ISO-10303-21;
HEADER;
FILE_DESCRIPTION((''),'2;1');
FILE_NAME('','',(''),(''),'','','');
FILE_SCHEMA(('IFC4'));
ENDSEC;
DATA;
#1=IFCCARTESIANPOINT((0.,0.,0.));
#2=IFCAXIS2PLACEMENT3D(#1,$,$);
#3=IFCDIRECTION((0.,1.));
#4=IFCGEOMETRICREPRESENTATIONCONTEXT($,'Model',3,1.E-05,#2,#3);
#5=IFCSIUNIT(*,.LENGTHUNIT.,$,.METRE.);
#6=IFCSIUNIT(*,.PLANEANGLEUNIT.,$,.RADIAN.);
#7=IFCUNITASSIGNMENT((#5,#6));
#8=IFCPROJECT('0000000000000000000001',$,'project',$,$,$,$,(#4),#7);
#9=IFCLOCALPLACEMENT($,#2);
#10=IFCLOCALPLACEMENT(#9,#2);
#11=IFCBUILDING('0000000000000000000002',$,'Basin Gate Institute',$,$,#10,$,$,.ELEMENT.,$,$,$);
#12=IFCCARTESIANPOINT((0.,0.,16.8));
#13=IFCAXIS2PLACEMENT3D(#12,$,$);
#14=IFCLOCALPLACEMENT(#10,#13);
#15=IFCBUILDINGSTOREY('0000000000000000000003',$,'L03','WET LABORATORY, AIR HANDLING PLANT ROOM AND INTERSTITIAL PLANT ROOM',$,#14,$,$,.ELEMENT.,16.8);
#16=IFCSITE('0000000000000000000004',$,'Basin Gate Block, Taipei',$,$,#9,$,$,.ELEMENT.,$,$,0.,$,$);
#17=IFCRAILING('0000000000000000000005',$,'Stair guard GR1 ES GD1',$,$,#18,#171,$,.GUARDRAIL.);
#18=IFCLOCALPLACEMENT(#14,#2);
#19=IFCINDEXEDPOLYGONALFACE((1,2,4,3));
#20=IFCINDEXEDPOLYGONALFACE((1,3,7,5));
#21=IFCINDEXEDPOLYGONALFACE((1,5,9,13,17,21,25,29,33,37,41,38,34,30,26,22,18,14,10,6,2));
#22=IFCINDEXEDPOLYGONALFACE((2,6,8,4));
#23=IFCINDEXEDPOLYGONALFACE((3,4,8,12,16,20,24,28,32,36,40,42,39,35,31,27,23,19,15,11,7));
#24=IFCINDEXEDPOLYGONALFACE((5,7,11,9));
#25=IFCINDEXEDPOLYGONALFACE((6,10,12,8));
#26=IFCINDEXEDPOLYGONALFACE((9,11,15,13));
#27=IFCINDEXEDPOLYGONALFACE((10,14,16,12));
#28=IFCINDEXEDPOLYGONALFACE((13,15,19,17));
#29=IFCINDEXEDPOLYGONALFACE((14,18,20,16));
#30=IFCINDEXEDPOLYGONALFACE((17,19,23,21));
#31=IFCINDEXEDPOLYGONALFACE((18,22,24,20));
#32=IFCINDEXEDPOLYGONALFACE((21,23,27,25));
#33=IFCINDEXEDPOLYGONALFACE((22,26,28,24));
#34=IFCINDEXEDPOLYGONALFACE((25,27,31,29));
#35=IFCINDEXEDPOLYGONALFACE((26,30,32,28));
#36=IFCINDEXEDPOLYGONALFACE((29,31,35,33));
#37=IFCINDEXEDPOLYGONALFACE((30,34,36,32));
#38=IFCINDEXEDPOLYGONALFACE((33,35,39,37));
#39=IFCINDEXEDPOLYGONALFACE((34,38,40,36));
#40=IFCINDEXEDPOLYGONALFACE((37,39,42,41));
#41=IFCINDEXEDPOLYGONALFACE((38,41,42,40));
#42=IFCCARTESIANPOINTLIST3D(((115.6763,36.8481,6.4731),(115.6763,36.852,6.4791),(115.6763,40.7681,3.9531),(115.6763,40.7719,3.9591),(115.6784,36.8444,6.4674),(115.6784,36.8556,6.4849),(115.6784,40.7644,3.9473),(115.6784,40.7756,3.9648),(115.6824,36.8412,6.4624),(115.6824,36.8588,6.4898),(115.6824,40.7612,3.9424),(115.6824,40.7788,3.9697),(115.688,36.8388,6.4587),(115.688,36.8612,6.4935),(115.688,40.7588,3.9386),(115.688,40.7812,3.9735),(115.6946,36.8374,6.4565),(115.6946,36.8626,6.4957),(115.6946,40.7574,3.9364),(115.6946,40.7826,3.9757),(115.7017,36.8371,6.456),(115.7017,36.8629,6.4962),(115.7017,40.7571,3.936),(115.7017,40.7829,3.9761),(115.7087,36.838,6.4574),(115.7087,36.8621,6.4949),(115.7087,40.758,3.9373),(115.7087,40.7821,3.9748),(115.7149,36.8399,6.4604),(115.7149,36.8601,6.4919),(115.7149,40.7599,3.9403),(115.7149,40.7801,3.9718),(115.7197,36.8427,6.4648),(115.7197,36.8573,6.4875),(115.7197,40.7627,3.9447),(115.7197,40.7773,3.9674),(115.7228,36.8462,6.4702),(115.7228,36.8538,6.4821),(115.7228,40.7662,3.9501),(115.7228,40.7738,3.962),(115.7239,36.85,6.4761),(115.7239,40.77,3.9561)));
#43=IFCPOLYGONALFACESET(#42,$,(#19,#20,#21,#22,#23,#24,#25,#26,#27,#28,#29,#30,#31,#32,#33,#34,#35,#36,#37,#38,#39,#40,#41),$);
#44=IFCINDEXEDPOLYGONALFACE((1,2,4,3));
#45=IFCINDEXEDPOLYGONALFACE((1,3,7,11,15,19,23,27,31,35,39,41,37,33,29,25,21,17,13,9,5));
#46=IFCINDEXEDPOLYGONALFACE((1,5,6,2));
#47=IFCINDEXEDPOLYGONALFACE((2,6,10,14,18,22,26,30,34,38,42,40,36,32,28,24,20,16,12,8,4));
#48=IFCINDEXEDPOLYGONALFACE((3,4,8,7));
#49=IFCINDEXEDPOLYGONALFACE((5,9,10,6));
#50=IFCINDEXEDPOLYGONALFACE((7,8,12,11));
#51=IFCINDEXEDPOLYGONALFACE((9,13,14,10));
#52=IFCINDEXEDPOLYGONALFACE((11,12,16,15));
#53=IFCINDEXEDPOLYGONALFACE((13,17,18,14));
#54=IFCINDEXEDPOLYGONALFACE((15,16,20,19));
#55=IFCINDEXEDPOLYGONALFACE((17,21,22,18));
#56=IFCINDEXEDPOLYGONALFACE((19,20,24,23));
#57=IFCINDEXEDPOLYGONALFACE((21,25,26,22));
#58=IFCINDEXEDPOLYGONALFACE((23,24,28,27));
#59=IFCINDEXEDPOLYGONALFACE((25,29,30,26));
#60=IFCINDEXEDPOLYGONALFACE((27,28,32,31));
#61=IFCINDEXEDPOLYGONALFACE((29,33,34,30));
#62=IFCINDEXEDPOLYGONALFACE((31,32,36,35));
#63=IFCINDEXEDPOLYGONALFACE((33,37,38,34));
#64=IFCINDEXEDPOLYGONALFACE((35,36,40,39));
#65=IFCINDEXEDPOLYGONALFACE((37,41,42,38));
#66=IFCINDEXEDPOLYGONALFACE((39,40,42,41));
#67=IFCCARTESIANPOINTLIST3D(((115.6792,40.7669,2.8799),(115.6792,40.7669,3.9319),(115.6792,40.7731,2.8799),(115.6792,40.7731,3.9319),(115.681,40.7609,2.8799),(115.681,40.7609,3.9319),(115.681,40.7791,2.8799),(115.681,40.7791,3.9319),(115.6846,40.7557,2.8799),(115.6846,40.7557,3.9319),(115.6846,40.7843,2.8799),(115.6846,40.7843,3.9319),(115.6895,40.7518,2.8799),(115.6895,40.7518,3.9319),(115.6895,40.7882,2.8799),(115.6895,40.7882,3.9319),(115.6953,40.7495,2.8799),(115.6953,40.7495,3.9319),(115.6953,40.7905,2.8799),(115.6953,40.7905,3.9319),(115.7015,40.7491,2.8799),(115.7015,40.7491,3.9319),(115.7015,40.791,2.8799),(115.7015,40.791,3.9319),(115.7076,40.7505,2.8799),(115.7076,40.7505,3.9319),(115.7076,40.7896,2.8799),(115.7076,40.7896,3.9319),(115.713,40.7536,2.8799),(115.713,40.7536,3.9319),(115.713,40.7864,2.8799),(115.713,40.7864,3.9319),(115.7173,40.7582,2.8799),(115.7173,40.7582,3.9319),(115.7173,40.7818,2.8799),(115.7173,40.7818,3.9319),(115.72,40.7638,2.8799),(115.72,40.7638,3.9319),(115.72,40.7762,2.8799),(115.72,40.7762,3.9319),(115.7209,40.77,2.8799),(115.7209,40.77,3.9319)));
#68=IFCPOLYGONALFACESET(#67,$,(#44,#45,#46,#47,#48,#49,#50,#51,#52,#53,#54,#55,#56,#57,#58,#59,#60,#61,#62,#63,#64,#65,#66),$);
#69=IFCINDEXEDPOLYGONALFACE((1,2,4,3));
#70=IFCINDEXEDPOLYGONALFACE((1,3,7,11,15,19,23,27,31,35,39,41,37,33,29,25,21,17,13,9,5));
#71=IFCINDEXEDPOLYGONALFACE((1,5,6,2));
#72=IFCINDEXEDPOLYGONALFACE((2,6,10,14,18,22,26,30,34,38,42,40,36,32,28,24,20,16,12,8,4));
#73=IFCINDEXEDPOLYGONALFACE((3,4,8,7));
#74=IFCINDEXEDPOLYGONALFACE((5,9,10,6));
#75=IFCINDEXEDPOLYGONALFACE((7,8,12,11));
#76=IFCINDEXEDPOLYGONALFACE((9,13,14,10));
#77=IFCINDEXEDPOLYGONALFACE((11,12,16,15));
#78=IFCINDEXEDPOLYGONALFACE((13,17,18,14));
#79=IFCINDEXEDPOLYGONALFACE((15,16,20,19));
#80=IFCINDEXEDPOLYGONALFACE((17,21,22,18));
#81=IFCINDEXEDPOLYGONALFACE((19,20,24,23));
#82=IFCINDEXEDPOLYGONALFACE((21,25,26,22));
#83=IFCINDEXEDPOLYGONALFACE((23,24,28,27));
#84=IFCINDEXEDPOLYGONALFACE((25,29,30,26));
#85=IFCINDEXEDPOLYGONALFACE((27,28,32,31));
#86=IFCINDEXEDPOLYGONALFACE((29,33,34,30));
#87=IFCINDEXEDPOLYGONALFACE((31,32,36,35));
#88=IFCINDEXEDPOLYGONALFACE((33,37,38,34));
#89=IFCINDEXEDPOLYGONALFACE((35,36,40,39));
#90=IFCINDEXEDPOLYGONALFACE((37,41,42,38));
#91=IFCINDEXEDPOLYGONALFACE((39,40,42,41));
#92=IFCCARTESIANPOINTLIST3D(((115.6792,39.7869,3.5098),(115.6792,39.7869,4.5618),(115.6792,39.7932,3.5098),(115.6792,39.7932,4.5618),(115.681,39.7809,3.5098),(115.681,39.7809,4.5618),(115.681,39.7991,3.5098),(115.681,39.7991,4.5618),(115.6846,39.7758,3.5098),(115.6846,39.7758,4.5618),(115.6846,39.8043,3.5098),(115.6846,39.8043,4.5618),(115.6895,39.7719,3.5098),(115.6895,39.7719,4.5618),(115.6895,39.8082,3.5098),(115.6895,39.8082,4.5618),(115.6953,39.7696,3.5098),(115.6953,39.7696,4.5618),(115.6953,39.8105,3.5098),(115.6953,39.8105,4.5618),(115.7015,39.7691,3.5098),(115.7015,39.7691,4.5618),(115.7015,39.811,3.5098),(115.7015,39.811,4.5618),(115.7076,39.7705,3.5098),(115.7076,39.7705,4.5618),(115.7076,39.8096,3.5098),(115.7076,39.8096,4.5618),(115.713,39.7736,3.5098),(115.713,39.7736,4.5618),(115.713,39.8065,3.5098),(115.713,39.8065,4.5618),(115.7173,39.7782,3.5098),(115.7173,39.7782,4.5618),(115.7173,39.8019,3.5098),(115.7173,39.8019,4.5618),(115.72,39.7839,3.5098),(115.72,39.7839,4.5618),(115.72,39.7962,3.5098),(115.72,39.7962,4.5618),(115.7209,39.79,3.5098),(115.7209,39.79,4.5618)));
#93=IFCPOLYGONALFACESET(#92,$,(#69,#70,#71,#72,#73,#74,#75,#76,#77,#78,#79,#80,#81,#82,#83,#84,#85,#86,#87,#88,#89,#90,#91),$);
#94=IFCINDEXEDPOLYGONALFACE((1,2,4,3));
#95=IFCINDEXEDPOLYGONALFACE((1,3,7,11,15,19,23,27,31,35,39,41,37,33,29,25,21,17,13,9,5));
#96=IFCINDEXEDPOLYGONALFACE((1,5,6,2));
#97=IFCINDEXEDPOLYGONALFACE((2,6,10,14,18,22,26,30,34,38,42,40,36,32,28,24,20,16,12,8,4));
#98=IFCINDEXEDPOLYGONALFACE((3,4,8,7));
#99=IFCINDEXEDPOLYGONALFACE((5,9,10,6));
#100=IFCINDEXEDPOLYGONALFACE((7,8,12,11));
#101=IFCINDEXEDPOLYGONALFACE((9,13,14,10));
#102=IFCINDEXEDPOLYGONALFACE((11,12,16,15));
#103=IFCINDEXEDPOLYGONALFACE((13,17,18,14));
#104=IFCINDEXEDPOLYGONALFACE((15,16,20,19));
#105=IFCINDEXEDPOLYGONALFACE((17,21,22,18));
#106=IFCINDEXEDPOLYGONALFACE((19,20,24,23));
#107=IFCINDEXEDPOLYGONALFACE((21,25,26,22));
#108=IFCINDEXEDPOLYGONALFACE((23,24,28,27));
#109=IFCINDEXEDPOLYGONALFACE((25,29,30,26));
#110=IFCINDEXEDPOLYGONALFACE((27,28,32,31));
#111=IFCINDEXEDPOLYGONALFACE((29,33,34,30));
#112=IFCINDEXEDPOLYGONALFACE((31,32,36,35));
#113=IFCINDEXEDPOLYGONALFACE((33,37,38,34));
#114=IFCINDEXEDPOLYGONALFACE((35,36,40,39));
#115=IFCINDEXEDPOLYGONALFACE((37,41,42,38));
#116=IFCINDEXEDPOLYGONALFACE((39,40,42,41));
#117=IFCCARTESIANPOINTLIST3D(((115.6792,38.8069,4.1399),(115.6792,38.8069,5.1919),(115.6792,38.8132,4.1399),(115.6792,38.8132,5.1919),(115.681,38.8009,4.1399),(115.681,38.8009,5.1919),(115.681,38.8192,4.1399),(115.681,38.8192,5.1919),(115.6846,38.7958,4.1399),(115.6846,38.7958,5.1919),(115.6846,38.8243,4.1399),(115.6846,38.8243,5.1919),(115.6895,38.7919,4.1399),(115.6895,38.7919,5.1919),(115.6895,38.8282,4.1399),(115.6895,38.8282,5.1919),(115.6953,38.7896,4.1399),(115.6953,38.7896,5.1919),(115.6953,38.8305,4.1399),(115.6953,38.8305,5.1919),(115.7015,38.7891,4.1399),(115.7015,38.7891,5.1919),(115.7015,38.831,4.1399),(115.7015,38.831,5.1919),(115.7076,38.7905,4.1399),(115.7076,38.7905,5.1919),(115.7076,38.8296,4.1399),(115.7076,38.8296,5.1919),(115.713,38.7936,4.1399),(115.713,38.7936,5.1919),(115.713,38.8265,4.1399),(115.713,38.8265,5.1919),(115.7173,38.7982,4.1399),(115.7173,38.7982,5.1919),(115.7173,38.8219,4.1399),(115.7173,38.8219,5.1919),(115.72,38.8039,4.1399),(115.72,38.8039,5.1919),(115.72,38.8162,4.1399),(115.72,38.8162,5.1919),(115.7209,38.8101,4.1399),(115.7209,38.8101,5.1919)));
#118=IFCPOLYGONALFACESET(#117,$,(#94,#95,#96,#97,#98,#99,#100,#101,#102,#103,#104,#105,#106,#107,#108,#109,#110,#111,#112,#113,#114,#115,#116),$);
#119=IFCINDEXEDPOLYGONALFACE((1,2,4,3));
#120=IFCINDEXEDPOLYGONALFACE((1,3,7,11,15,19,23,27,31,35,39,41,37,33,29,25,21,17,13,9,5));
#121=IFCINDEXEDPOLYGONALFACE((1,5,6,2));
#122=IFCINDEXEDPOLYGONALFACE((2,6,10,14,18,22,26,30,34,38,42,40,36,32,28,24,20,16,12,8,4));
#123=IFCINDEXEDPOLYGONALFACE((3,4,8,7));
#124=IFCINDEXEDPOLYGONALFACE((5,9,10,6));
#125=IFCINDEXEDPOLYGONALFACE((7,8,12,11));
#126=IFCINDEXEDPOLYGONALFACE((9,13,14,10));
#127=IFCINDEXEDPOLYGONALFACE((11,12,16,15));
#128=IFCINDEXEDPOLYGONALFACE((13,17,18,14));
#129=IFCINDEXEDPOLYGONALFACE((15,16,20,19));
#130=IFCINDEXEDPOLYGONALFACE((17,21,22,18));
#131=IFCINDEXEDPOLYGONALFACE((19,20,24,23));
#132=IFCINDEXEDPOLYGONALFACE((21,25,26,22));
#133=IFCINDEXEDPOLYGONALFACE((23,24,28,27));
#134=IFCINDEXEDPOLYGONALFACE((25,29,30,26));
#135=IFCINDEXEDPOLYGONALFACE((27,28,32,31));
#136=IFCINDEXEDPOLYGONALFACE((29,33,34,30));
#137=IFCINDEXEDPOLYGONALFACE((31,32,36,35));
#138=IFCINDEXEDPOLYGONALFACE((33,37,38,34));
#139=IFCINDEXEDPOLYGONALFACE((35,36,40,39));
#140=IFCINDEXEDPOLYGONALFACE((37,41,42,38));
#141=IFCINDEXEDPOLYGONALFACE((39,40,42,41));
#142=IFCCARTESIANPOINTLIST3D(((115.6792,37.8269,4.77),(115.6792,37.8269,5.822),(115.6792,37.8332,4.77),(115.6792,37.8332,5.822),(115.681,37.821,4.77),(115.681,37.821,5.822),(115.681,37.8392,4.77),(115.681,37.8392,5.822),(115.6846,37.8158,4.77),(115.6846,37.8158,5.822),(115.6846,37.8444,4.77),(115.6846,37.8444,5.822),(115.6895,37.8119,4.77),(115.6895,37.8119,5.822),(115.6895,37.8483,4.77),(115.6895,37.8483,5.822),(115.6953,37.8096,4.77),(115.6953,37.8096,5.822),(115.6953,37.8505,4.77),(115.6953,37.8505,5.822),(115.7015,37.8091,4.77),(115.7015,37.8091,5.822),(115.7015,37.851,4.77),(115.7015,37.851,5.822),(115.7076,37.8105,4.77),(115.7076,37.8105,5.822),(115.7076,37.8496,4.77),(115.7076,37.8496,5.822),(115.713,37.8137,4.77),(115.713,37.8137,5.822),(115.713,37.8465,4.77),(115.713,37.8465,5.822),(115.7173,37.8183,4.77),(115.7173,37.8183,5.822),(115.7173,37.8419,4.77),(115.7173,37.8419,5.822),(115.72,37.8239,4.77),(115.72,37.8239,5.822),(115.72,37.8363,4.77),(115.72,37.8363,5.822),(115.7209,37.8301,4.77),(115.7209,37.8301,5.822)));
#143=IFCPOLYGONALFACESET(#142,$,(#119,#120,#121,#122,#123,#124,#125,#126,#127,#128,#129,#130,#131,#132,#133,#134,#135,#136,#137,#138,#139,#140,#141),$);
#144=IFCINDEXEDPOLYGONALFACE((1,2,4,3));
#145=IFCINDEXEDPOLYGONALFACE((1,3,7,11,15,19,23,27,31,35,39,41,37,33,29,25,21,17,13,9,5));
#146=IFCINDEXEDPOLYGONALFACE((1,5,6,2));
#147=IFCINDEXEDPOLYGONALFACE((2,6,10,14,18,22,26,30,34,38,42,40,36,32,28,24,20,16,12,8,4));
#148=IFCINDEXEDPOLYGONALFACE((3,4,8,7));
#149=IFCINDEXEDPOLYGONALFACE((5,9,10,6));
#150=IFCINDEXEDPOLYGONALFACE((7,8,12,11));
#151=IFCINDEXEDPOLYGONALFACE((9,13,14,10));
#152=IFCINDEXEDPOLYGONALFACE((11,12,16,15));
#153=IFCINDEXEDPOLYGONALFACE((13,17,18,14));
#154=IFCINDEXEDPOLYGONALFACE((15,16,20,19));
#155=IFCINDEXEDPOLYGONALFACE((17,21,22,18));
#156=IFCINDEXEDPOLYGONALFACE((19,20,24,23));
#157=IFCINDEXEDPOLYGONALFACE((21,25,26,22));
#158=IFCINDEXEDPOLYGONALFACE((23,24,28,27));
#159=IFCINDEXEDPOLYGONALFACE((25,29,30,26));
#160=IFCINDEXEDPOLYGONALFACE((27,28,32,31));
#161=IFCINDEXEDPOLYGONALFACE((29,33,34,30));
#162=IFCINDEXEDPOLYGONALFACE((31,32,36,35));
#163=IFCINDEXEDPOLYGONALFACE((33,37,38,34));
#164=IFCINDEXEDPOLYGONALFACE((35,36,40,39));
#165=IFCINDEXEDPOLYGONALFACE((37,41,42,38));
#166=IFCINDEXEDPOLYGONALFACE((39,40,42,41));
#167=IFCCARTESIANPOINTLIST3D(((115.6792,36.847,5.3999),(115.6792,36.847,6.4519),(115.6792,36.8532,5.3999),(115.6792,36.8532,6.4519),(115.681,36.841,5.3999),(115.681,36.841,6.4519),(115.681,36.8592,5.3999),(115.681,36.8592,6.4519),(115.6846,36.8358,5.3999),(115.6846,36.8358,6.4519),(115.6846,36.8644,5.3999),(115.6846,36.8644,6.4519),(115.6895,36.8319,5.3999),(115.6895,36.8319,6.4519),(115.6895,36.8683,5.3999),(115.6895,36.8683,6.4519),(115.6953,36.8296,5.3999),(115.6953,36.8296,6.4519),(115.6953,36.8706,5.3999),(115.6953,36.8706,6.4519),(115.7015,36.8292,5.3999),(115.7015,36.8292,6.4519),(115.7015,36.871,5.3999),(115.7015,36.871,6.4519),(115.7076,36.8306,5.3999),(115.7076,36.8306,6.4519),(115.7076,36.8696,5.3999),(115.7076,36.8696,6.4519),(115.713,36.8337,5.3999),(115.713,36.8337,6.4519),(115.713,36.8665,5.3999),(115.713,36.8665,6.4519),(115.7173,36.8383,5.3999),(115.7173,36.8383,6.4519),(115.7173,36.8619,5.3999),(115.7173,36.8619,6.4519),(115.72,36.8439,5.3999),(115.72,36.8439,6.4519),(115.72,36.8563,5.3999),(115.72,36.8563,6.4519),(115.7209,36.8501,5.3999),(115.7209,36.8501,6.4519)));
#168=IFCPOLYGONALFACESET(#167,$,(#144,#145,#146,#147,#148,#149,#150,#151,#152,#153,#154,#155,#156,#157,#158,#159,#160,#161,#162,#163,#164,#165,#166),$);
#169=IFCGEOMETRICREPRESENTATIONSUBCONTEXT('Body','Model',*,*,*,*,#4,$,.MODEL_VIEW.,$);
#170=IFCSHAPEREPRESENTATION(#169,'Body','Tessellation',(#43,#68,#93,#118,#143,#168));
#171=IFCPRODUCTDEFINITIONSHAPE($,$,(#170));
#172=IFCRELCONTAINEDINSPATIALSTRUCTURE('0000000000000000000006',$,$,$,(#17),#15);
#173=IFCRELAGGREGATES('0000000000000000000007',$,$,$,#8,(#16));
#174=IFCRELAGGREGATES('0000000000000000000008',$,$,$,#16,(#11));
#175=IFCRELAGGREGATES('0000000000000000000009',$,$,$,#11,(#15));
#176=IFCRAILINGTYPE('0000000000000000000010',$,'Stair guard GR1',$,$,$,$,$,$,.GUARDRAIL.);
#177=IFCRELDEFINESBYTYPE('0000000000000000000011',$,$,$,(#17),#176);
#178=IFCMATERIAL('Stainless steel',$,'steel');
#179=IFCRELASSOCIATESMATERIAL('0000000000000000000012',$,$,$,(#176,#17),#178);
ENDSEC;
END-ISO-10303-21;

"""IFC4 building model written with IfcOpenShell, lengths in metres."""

from ifc_helpers import new_model, si_unit, direction, frame, origin, origin_2d, place, context, subcontext, project, spatial, circle, extrude, material, type_object, element, save


model = new_model("IFC4")

# Units and contexts
model_context = context("Model", 3, precision=1e-05, world=origin(), true_north=direction((0.0, 1.0)))
body_context = subcontext(model_context, "Body", "Model", "MODEL_VIEW")
ifc_project = project(units=[si_unit("LENGTHUNIT", "METRE"), si_unit("PLANEANGLEUNIT", "RADIAN")], contexts=[model_context])

# Site, building, storey
site_placement = place(None, origin())
site = spatial("IfcSite", under=ifc_project, at=site_placement, Name="Basin Gate Block, Taipei", CompositionType="ELEMENT", RefElevation=0.0)
building_placement = place(site_placement, origin())
building = spatial("IfcBuilding", under=site, at=building_placement, Name="Basin Gate Institute", CompositionType="ELEMENT")
storey_placement = place(building_placement, frame((0.0, 0.0, 16.8)))
storey = spatial("IfcBuildingStorey", under=building, at=storey_placement, Name="L03", Description="WET LABORATORY, AIR HANDLING PLANT ROOM AND INTERSTITIAL PLANT ROOM", CompositionType="ELEMENT", Elevation=16.8)

# Railing
ifc_material_1 = material(Name="Stainless steel", Category="steel")
railing_type_1 = type_object("IfcRailingType", Name="Stair guard GR1", PredefinedType="GUARDRAIL", material=ifc_material_1)
railing_1_placement = place(storey_placement, frame((115.7, 40.77, 2.8799)))
element("IfcRailing", 1, at=railing_1_placement, inside=storey, type_object=railing_type_1, material=ifc_material_1, Name="Stair guard GR1 ES GD1", PredefinedType="GUARDRAIL", context=body_context, shape_type="SweptSolid", body=[
    extrude(circle(Radius=0.0239, at=origin_2d()), frame((0.0, 0.0, 1.0762), z_axis=(0.0, -0.841172, 0.540768), x_axis=(1.0, 0.0, 0.0)), (0.0, 0.0, 1.0), 4.6602),
    extrude(circle(Radius=0.021, at=origin_2d()), origin(), (0.0, 0.0, 1.0), 1.052),
    extrude(circle(Radius=0.021, at=origin_2d()), frame((0.0, -0.98, 0.6299)), (0.0, 0.0, 1.0), 1.052),
    extrude(circle(Radius=0.021, at=origin_2d()), frame((0.0, -1.96, 1.26)), (0.0, 0.0, 1.0), 1.052),
    extrude(circle(Radius=0.021, at=origin_2d()), frame((0.0, -2.9399, 1.8901)), (0.0, 0.0, 1.0), 1.052),
    extrude(circle(Radius=0.021, at=origin_2d()), frame((0.0, -3.9199, 2.52)), (0.0, 0.0, 1.0), 1.052),
])

save(model, "model.ifc")
